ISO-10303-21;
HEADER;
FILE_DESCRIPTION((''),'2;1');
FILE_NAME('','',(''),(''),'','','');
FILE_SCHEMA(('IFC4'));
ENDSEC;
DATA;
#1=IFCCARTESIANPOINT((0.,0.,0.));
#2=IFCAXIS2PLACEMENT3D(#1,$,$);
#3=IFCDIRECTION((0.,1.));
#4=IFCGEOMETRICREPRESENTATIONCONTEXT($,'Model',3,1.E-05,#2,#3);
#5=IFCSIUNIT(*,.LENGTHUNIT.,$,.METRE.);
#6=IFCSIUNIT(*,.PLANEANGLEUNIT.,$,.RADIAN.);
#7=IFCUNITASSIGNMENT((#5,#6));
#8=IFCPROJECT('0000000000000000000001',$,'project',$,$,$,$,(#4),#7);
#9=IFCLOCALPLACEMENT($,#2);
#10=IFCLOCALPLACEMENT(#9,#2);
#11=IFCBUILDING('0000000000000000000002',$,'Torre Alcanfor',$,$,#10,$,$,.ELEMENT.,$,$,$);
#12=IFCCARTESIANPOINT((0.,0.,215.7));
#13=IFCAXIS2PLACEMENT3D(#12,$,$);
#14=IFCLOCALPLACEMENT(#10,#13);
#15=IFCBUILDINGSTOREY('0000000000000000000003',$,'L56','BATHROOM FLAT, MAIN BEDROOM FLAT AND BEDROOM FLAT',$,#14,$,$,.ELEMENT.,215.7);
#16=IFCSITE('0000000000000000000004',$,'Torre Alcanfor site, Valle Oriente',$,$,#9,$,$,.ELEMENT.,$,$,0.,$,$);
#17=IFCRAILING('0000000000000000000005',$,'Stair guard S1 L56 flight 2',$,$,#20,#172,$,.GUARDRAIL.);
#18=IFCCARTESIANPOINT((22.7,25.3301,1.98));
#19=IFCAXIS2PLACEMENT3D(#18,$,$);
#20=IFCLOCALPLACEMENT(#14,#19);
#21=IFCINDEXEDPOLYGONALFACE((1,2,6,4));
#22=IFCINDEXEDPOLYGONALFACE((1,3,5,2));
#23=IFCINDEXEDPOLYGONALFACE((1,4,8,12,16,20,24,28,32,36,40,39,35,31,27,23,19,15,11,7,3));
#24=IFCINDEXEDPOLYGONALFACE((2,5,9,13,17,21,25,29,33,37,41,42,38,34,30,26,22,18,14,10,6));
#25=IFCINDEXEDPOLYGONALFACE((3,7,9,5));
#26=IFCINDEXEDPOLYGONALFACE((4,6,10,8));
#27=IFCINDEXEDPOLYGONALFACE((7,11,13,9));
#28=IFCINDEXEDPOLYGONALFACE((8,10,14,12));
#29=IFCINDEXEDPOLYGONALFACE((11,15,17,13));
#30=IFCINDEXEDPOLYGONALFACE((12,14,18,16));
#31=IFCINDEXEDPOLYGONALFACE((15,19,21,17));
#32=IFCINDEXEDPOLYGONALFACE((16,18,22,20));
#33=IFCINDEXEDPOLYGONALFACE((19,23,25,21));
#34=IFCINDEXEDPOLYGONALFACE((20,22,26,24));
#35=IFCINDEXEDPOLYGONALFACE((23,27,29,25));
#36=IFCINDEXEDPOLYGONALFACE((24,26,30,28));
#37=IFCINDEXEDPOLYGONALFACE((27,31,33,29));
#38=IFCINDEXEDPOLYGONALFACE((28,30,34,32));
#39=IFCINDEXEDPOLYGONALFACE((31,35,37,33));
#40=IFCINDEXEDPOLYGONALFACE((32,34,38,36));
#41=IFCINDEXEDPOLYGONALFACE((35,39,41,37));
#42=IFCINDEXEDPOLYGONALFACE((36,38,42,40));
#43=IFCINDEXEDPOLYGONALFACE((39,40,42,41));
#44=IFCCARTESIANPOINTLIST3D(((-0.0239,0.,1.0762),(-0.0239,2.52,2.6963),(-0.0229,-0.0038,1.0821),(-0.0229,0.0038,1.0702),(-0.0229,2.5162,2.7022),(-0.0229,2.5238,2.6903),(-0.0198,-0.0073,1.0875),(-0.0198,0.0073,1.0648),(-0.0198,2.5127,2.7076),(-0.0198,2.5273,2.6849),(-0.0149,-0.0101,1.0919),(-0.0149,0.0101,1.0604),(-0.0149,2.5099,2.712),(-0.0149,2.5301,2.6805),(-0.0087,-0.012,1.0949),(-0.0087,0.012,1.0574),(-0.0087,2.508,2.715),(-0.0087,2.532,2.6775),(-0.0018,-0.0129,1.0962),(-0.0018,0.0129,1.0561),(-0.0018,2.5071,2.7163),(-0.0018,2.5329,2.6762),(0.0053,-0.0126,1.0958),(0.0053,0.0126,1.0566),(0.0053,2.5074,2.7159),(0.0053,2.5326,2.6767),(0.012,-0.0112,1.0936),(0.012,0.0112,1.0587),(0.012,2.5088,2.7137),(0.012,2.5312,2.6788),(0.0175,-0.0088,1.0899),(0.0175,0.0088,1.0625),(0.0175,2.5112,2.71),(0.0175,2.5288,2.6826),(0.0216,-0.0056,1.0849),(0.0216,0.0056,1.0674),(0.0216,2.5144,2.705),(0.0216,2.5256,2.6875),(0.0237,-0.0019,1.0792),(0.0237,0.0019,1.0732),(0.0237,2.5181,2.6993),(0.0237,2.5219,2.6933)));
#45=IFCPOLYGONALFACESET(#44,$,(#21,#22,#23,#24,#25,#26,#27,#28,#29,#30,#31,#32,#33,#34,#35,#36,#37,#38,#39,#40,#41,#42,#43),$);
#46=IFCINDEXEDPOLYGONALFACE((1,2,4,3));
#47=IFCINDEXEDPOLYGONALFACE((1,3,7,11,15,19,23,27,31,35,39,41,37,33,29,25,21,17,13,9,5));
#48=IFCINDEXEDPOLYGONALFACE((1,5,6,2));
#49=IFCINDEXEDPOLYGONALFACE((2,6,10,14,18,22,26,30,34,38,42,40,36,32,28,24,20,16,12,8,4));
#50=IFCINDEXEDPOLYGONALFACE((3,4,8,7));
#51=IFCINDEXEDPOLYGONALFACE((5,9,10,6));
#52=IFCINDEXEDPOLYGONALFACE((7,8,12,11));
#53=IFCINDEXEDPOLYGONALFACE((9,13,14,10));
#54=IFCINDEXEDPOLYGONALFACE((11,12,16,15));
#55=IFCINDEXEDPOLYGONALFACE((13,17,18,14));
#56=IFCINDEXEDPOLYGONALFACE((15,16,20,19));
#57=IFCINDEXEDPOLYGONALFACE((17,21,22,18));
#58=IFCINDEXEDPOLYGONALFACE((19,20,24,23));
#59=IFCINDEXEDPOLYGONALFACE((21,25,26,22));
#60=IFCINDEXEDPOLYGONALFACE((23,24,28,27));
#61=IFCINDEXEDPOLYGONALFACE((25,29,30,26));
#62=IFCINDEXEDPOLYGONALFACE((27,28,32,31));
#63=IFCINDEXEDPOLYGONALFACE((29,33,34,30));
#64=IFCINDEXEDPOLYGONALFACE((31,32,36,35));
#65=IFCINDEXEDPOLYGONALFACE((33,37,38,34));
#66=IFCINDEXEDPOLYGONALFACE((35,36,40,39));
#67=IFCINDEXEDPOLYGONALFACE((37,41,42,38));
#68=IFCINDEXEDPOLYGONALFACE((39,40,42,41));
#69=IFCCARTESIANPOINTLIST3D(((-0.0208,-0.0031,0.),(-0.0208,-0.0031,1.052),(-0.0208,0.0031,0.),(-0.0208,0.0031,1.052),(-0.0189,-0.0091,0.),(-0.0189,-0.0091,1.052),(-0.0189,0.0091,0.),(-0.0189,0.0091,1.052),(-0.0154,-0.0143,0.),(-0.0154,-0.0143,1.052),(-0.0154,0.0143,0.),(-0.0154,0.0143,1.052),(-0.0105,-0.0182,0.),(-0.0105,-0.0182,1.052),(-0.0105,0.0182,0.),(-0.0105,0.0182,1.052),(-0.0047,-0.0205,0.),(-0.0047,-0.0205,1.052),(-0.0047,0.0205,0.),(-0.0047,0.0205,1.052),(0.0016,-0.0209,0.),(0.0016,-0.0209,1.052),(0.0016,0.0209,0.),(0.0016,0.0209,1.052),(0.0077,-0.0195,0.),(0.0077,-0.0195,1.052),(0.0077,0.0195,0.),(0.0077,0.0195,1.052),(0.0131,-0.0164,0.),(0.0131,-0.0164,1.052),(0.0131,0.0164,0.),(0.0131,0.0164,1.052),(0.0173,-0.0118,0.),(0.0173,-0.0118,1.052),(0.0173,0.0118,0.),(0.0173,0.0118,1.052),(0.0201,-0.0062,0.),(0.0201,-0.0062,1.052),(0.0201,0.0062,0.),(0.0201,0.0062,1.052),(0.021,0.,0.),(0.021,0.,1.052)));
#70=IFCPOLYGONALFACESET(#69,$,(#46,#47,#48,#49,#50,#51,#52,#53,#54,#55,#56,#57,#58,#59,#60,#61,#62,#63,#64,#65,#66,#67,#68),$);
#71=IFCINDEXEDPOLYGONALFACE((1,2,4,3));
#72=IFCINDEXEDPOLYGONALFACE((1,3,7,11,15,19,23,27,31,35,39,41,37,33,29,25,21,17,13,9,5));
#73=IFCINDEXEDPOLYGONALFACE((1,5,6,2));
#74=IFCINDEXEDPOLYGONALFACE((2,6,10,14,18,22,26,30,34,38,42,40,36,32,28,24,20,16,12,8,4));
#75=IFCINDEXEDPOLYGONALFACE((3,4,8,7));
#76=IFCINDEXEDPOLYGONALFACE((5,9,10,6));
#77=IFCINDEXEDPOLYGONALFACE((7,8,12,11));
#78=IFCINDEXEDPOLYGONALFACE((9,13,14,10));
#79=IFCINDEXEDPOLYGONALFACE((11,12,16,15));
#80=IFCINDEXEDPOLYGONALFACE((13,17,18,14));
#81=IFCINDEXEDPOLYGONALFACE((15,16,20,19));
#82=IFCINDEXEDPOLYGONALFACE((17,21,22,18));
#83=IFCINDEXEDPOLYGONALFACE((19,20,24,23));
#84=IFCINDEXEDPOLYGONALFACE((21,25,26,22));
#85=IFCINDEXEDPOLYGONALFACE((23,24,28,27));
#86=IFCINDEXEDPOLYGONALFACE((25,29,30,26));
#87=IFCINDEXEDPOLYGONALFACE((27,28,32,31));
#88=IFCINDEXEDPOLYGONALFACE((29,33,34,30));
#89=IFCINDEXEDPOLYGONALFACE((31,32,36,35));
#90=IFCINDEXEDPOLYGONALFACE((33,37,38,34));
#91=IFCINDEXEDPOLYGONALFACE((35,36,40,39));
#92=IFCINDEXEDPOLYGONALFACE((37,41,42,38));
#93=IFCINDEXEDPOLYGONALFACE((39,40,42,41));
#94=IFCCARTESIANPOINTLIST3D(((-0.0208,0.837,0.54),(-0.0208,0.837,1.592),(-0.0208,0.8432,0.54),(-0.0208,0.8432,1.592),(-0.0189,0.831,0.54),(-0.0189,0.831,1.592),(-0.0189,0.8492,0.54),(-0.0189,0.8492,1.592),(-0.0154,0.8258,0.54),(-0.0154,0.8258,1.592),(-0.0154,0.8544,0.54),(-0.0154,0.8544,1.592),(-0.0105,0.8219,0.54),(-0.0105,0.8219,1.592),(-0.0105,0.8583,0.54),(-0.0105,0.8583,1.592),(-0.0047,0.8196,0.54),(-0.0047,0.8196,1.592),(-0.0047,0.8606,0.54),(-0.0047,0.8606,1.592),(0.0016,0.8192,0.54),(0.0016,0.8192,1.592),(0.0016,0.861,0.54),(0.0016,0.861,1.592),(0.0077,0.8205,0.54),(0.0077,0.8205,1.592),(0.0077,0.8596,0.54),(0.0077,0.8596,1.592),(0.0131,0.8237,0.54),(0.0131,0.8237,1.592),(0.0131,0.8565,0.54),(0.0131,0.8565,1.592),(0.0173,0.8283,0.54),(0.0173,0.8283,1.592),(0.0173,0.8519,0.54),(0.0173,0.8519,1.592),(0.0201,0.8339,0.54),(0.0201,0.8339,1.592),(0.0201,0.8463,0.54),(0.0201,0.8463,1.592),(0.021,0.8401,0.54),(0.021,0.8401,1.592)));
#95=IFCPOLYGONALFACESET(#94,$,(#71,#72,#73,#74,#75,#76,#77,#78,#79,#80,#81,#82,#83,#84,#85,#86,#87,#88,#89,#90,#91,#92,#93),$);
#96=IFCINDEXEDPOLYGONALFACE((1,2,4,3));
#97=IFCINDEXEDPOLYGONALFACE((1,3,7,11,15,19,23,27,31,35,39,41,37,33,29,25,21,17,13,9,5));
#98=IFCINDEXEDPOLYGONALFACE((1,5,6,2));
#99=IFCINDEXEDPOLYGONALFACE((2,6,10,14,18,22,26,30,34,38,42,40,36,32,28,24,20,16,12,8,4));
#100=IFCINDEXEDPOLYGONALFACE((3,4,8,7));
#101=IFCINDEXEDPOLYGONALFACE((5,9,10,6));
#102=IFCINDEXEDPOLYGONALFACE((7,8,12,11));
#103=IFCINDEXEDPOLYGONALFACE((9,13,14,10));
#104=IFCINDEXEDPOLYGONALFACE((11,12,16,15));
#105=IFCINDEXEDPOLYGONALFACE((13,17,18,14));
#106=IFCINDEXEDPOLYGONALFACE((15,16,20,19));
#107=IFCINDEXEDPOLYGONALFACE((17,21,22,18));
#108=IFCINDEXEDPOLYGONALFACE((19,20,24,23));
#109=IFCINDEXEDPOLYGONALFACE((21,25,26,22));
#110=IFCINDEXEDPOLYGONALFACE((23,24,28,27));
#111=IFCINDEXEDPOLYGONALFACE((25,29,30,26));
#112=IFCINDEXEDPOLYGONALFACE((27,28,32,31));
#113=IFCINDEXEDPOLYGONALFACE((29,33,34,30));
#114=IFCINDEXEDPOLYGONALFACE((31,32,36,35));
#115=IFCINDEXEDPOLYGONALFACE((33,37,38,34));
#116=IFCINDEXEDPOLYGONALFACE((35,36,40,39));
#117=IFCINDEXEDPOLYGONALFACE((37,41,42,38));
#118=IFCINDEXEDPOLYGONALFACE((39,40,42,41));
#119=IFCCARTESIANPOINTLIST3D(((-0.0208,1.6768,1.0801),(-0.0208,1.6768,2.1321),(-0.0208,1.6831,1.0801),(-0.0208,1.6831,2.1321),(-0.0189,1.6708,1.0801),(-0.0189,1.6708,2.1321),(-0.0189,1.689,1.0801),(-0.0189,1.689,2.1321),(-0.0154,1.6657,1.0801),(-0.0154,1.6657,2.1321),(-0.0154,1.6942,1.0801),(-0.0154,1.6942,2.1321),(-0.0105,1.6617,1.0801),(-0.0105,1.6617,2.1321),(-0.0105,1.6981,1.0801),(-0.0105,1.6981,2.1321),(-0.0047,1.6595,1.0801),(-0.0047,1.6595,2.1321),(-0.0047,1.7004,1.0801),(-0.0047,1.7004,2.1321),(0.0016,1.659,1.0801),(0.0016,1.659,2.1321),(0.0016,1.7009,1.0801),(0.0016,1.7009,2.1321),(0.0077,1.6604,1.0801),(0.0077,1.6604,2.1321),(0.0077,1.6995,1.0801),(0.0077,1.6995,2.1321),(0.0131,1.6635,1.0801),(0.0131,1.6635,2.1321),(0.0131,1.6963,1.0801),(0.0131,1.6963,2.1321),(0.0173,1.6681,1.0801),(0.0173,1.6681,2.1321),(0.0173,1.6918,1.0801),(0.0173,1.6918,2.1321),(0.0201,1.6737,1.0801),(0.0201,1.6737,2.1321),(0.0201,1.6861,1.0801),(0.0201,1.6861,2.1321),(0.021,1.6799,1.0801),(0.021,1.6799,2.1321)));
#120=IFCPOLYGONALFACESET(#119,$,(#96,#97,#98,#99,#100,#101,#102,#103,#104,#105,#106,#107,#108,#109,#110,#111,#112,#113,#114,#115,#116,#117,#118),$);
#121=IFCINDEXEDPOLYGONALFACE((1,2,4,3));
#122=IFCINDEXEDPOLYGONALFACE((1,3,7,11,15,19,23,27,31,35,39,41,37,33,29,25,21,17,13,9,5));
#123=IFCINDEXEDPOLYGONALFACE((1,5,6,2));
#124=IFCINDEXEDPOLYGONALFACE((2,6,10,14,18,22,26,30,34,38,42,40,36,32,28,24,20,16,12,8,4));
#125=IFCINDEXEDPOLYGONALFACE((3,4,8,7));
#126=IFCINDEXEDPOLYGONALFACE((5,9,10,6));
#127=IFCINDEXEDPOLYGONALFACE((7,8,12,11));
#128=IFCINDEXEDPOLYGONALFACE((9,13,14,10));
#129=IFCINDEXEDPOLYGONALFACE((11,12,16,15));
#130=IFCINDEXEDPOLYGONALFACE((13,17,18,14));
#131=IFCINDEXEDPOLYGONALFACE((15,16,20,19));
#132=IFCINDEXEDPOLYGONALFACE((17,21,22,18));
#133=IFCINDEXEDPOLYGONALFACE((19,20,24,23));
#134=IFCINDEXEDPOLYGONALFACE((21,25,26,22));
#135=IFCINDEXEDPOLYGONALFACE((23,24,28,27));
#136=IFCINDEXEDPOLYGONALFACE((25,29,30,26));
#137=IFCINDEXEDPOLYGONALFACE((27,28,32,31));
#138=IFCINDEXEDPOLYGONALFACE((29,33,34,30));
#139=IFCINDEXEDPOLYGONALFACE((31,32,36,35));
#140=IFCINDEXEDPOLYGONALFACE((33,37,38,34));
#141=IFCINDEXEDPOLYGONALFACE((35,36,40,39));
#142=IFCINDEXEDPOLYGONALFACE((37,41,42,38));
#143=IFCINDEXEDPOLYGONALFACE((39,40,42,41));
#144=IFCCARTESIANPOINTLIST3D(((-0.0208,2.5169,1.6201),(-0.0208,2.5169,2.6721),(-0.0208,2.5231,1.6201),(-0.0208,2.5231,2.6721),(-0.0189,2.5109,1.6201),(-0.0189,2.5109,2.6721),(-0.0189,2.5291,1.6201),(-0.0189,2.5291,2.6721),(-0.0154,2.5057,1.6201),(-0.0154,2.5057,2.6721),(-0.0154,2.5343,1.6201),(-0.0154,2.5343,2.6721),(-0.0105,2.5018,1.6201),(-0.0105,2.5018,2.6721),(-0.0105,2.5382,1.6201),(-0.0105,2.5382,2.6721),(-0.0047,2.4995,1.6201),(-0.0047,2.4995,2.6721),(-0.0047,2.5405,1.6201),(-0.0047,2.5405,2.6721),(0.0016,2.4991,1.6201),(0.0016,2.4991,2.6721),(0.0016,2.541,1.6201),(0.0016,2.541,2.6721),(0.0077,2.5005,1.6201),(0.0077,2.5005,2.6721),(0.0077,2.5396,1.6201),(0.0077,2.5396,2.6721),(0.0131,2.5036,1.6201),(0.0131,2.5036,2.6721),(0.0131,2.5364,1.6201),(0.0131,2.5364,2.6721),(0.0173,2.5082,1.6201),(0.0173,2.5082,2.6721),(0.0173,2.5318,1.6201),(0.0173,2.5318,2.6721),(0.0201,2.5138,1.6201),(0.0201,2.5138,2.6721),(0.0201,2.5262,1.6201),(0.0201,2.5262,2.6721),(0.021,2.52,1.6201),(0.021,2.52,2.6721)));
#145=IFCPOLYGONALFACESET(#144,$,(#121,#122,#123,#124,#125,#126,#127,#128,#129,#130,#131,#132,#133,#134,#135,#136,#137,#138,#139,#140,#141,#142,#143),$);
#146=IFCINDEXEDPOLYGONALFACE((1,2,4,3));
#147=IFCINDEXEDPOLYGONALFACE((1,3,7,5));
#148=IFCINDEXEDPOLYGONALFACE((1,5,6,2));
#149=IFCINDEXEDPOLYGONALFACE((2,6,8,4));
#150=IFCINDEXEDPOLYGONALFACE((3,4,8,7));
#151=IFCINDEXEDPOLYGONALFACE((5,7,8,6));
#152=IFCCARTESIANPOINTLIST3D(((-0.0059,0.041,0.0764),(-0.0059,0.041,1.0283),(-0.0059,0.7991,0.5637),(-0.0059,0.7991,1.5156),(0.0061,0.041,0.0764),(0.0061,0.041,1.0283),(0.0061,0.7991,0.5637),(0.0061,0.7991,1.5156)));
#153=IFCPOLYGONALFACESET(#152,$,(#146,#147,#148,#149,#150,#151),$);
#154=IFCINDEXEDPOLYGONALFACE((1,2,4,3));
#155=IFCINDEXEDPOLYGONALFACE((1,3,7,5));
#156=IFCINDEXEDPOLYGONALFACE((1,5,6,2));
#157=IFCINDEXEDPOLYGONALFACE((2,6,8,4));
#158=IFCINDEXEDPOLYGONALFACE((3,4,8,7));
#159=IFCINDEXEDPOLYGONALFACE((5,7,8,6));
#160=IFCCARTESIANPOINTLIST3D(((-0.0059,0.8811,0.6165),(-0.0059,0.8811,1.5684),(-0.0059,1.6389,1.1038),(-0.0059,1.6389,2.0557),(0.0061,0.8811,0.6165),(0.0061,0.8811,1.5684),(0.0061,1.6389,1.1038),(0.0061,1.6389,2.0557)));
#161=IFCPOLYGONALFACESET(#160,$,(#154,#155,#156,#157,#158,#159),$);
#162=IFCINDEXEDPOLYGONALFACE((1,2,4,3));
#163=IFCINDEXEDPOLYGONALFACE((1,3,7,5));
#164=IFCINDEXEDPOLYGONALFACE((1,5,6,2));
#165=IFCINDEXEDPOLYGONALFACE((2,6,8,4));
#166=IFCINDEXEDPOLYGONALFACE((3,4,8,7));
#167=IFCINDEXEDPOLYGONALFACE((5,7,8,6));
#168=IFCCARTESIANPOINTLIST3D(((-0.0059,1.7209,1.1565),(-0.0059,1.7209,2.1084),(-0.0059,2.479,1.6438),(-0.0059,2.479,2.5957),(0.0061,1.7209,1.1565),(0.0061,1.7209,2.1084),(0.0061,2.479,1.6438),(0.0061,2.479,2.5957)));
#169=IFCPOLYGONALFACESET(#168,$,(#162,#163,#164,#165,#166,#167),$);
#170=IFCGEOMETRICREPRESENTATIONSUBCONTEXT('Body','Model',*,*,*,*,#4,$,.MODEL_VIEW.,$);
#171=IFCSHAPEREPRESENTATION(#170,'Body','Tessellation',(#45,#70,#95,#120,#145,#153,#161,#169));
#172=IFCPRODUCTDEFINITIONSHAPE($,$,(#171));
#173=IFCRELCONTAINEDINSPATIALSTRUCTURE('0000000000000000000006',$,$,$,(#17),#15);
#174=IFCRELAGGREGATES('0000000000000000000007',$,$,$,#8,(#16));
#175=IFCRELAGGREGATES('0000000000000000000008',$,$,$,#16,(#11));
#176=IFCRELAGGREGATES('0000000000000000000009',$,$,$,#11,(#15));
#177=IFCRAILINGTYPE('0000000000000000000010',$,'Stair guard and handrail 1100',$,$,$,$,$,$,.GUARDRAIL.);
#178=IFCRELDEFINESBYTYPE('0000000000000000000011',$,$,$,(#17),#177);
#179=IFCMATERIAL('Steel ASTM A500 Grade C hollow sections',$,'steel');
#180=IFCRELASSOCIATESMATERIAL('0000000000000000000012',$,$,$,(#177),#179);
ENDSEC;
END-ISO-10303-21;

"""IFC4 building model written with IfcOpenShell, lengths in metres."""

from ifc_helpers import new_model, si_unit, direction, frame, origin, origin_2d, place, context, subcontext, project, spatial, polyline, circle, outline, extrude, material, type_object, element, save


model = new_model("IFC4")

# Units and contexts
model_context = context("Model", 3, precision=1e-05, world=origin(), true_north=direction((0.0, 1.0)))
body_context = subcontext(model_context, "Body", "Model", "MODEL_VIEW")
ifc_project = project(units=[si_unit("LENGTHUNIT", "METRE"), si_unit("PLANEANGLEUNIT", "RADIAN")], contexts=[model_context])

# Site, building, storey
site_placement = place(None, origin())
site = spatial("IfcSite", under=ifc_project, at=site_placement, Name="Torre Alcanfor site, Valle Oriente", CompositionType="ELEMENT", RefElevation=0.0)
building_placement = place(site_placement, origin())
building = spatial("IfcBuilding", under=site, at=building_placement, Name="Torre Alcanfor", CompositionType="ELEMENT")
storey_placement = place(building_placement, frame((0.0, 0.0, 215.7)))
storey = spatial("IfcBuildingStorey", under=building, at=storey_placement, Name="L56", Description="BATHROOM FLAT, MAIN BEDROOM FLAT AND BEDROOM FLAT", CompositionType="ELEMENT", Elevation=215.7)

# Railing
ifc_material_1 = material(Name="Steel ASTM A500 Grade C hollow sections", Category="steel")
railing_type_1 = type_object("IfcRailingType", Name="Stair guard and handrail 1100", PredefinedType="GUARDRAIL", material=ifc_material_1)
railing_1_placement = place(storey_placement, frame((22.7, 25.3301, 1.98)))
element("IfcRailing", 1, at=railing_1_placement, inside=storey, type_object=railing_type_1, Name="Stair guard S1 L56 flight 2", PredefinedType="GUARDRAIL", context=body_context, shape_type="SweptSolid", body=[
    extrude(circle(Radius=0.0239, at=origin_2d()), frame((0.0, 0.0, 1.0762), z_axis=(0.0, 0.841163, 0.540782), x_axis=(-1.0, 0.0, 0.0)), (0.0, 0.0, 1.0), 2.9958),
    extrude(circle(Radius=0.021, at=origin_2d()), origin(), (0.0, 0.0, 1.0), 1.052),
    extrude(circle(Radius=0.021, at=origin_2d()), frame((0.0, 0.8401, 0.54)), (0.0, 0.0, 1.0), 1.052),
    extrude(circle(Radius=0.021, at=origin_2d()), frame((0.0, 1.6799, 1.0801)), (0.0, 0.0, 1.0), 1.052),
    extrude(circle(Radius=0.021, at=origin_2d()), frame((0.0, 2.52, 1.6201)), (0.0, 0.0, 1.0), 1.052),
    extrude(outline(polyline([(0.041, 0.0764), (0.7991, 0.5637), (0.7991, 1.5156), (0.041, 1.0283), (0.041, 0.0764)])), frame((-0.0059, 0.0, 0.0), z_axis=(1.0, 0.0, 0.0), x_axis=(0.0, 1.0, 0.0)), (0.0, 0.0, 1.0), 0.012),
    extrude(outline(polyline([(0.8811, 0.6165), (1.6389, 1.1038), (1.6389, 2.0557), (0.8811, 1.5684), (0.8811, 0.6165)])), frame((-0.0059, 0.0, 0.0), z_axis=(1.0, 0.0, 0.0), x_axis=(0.0, 1.0, 0.0)), (0.0, 0.0, 1.0), 0.012),
    extrude(outline(polyline([(1.7209, 1.1565), (2.479, 1.6438), (2.479, 2.5957), (1.7209, 2.1084), (1.7209, 1.1565)])), frame((-0.0059, 0.0, 0.0), z_axis=(1.0, 0.0, 0.0), x_axis=(0.0, 1.0, 0.0)), (0.0, 0.0, 1.0), 0.012),
])

save(model, "model.ifc")
